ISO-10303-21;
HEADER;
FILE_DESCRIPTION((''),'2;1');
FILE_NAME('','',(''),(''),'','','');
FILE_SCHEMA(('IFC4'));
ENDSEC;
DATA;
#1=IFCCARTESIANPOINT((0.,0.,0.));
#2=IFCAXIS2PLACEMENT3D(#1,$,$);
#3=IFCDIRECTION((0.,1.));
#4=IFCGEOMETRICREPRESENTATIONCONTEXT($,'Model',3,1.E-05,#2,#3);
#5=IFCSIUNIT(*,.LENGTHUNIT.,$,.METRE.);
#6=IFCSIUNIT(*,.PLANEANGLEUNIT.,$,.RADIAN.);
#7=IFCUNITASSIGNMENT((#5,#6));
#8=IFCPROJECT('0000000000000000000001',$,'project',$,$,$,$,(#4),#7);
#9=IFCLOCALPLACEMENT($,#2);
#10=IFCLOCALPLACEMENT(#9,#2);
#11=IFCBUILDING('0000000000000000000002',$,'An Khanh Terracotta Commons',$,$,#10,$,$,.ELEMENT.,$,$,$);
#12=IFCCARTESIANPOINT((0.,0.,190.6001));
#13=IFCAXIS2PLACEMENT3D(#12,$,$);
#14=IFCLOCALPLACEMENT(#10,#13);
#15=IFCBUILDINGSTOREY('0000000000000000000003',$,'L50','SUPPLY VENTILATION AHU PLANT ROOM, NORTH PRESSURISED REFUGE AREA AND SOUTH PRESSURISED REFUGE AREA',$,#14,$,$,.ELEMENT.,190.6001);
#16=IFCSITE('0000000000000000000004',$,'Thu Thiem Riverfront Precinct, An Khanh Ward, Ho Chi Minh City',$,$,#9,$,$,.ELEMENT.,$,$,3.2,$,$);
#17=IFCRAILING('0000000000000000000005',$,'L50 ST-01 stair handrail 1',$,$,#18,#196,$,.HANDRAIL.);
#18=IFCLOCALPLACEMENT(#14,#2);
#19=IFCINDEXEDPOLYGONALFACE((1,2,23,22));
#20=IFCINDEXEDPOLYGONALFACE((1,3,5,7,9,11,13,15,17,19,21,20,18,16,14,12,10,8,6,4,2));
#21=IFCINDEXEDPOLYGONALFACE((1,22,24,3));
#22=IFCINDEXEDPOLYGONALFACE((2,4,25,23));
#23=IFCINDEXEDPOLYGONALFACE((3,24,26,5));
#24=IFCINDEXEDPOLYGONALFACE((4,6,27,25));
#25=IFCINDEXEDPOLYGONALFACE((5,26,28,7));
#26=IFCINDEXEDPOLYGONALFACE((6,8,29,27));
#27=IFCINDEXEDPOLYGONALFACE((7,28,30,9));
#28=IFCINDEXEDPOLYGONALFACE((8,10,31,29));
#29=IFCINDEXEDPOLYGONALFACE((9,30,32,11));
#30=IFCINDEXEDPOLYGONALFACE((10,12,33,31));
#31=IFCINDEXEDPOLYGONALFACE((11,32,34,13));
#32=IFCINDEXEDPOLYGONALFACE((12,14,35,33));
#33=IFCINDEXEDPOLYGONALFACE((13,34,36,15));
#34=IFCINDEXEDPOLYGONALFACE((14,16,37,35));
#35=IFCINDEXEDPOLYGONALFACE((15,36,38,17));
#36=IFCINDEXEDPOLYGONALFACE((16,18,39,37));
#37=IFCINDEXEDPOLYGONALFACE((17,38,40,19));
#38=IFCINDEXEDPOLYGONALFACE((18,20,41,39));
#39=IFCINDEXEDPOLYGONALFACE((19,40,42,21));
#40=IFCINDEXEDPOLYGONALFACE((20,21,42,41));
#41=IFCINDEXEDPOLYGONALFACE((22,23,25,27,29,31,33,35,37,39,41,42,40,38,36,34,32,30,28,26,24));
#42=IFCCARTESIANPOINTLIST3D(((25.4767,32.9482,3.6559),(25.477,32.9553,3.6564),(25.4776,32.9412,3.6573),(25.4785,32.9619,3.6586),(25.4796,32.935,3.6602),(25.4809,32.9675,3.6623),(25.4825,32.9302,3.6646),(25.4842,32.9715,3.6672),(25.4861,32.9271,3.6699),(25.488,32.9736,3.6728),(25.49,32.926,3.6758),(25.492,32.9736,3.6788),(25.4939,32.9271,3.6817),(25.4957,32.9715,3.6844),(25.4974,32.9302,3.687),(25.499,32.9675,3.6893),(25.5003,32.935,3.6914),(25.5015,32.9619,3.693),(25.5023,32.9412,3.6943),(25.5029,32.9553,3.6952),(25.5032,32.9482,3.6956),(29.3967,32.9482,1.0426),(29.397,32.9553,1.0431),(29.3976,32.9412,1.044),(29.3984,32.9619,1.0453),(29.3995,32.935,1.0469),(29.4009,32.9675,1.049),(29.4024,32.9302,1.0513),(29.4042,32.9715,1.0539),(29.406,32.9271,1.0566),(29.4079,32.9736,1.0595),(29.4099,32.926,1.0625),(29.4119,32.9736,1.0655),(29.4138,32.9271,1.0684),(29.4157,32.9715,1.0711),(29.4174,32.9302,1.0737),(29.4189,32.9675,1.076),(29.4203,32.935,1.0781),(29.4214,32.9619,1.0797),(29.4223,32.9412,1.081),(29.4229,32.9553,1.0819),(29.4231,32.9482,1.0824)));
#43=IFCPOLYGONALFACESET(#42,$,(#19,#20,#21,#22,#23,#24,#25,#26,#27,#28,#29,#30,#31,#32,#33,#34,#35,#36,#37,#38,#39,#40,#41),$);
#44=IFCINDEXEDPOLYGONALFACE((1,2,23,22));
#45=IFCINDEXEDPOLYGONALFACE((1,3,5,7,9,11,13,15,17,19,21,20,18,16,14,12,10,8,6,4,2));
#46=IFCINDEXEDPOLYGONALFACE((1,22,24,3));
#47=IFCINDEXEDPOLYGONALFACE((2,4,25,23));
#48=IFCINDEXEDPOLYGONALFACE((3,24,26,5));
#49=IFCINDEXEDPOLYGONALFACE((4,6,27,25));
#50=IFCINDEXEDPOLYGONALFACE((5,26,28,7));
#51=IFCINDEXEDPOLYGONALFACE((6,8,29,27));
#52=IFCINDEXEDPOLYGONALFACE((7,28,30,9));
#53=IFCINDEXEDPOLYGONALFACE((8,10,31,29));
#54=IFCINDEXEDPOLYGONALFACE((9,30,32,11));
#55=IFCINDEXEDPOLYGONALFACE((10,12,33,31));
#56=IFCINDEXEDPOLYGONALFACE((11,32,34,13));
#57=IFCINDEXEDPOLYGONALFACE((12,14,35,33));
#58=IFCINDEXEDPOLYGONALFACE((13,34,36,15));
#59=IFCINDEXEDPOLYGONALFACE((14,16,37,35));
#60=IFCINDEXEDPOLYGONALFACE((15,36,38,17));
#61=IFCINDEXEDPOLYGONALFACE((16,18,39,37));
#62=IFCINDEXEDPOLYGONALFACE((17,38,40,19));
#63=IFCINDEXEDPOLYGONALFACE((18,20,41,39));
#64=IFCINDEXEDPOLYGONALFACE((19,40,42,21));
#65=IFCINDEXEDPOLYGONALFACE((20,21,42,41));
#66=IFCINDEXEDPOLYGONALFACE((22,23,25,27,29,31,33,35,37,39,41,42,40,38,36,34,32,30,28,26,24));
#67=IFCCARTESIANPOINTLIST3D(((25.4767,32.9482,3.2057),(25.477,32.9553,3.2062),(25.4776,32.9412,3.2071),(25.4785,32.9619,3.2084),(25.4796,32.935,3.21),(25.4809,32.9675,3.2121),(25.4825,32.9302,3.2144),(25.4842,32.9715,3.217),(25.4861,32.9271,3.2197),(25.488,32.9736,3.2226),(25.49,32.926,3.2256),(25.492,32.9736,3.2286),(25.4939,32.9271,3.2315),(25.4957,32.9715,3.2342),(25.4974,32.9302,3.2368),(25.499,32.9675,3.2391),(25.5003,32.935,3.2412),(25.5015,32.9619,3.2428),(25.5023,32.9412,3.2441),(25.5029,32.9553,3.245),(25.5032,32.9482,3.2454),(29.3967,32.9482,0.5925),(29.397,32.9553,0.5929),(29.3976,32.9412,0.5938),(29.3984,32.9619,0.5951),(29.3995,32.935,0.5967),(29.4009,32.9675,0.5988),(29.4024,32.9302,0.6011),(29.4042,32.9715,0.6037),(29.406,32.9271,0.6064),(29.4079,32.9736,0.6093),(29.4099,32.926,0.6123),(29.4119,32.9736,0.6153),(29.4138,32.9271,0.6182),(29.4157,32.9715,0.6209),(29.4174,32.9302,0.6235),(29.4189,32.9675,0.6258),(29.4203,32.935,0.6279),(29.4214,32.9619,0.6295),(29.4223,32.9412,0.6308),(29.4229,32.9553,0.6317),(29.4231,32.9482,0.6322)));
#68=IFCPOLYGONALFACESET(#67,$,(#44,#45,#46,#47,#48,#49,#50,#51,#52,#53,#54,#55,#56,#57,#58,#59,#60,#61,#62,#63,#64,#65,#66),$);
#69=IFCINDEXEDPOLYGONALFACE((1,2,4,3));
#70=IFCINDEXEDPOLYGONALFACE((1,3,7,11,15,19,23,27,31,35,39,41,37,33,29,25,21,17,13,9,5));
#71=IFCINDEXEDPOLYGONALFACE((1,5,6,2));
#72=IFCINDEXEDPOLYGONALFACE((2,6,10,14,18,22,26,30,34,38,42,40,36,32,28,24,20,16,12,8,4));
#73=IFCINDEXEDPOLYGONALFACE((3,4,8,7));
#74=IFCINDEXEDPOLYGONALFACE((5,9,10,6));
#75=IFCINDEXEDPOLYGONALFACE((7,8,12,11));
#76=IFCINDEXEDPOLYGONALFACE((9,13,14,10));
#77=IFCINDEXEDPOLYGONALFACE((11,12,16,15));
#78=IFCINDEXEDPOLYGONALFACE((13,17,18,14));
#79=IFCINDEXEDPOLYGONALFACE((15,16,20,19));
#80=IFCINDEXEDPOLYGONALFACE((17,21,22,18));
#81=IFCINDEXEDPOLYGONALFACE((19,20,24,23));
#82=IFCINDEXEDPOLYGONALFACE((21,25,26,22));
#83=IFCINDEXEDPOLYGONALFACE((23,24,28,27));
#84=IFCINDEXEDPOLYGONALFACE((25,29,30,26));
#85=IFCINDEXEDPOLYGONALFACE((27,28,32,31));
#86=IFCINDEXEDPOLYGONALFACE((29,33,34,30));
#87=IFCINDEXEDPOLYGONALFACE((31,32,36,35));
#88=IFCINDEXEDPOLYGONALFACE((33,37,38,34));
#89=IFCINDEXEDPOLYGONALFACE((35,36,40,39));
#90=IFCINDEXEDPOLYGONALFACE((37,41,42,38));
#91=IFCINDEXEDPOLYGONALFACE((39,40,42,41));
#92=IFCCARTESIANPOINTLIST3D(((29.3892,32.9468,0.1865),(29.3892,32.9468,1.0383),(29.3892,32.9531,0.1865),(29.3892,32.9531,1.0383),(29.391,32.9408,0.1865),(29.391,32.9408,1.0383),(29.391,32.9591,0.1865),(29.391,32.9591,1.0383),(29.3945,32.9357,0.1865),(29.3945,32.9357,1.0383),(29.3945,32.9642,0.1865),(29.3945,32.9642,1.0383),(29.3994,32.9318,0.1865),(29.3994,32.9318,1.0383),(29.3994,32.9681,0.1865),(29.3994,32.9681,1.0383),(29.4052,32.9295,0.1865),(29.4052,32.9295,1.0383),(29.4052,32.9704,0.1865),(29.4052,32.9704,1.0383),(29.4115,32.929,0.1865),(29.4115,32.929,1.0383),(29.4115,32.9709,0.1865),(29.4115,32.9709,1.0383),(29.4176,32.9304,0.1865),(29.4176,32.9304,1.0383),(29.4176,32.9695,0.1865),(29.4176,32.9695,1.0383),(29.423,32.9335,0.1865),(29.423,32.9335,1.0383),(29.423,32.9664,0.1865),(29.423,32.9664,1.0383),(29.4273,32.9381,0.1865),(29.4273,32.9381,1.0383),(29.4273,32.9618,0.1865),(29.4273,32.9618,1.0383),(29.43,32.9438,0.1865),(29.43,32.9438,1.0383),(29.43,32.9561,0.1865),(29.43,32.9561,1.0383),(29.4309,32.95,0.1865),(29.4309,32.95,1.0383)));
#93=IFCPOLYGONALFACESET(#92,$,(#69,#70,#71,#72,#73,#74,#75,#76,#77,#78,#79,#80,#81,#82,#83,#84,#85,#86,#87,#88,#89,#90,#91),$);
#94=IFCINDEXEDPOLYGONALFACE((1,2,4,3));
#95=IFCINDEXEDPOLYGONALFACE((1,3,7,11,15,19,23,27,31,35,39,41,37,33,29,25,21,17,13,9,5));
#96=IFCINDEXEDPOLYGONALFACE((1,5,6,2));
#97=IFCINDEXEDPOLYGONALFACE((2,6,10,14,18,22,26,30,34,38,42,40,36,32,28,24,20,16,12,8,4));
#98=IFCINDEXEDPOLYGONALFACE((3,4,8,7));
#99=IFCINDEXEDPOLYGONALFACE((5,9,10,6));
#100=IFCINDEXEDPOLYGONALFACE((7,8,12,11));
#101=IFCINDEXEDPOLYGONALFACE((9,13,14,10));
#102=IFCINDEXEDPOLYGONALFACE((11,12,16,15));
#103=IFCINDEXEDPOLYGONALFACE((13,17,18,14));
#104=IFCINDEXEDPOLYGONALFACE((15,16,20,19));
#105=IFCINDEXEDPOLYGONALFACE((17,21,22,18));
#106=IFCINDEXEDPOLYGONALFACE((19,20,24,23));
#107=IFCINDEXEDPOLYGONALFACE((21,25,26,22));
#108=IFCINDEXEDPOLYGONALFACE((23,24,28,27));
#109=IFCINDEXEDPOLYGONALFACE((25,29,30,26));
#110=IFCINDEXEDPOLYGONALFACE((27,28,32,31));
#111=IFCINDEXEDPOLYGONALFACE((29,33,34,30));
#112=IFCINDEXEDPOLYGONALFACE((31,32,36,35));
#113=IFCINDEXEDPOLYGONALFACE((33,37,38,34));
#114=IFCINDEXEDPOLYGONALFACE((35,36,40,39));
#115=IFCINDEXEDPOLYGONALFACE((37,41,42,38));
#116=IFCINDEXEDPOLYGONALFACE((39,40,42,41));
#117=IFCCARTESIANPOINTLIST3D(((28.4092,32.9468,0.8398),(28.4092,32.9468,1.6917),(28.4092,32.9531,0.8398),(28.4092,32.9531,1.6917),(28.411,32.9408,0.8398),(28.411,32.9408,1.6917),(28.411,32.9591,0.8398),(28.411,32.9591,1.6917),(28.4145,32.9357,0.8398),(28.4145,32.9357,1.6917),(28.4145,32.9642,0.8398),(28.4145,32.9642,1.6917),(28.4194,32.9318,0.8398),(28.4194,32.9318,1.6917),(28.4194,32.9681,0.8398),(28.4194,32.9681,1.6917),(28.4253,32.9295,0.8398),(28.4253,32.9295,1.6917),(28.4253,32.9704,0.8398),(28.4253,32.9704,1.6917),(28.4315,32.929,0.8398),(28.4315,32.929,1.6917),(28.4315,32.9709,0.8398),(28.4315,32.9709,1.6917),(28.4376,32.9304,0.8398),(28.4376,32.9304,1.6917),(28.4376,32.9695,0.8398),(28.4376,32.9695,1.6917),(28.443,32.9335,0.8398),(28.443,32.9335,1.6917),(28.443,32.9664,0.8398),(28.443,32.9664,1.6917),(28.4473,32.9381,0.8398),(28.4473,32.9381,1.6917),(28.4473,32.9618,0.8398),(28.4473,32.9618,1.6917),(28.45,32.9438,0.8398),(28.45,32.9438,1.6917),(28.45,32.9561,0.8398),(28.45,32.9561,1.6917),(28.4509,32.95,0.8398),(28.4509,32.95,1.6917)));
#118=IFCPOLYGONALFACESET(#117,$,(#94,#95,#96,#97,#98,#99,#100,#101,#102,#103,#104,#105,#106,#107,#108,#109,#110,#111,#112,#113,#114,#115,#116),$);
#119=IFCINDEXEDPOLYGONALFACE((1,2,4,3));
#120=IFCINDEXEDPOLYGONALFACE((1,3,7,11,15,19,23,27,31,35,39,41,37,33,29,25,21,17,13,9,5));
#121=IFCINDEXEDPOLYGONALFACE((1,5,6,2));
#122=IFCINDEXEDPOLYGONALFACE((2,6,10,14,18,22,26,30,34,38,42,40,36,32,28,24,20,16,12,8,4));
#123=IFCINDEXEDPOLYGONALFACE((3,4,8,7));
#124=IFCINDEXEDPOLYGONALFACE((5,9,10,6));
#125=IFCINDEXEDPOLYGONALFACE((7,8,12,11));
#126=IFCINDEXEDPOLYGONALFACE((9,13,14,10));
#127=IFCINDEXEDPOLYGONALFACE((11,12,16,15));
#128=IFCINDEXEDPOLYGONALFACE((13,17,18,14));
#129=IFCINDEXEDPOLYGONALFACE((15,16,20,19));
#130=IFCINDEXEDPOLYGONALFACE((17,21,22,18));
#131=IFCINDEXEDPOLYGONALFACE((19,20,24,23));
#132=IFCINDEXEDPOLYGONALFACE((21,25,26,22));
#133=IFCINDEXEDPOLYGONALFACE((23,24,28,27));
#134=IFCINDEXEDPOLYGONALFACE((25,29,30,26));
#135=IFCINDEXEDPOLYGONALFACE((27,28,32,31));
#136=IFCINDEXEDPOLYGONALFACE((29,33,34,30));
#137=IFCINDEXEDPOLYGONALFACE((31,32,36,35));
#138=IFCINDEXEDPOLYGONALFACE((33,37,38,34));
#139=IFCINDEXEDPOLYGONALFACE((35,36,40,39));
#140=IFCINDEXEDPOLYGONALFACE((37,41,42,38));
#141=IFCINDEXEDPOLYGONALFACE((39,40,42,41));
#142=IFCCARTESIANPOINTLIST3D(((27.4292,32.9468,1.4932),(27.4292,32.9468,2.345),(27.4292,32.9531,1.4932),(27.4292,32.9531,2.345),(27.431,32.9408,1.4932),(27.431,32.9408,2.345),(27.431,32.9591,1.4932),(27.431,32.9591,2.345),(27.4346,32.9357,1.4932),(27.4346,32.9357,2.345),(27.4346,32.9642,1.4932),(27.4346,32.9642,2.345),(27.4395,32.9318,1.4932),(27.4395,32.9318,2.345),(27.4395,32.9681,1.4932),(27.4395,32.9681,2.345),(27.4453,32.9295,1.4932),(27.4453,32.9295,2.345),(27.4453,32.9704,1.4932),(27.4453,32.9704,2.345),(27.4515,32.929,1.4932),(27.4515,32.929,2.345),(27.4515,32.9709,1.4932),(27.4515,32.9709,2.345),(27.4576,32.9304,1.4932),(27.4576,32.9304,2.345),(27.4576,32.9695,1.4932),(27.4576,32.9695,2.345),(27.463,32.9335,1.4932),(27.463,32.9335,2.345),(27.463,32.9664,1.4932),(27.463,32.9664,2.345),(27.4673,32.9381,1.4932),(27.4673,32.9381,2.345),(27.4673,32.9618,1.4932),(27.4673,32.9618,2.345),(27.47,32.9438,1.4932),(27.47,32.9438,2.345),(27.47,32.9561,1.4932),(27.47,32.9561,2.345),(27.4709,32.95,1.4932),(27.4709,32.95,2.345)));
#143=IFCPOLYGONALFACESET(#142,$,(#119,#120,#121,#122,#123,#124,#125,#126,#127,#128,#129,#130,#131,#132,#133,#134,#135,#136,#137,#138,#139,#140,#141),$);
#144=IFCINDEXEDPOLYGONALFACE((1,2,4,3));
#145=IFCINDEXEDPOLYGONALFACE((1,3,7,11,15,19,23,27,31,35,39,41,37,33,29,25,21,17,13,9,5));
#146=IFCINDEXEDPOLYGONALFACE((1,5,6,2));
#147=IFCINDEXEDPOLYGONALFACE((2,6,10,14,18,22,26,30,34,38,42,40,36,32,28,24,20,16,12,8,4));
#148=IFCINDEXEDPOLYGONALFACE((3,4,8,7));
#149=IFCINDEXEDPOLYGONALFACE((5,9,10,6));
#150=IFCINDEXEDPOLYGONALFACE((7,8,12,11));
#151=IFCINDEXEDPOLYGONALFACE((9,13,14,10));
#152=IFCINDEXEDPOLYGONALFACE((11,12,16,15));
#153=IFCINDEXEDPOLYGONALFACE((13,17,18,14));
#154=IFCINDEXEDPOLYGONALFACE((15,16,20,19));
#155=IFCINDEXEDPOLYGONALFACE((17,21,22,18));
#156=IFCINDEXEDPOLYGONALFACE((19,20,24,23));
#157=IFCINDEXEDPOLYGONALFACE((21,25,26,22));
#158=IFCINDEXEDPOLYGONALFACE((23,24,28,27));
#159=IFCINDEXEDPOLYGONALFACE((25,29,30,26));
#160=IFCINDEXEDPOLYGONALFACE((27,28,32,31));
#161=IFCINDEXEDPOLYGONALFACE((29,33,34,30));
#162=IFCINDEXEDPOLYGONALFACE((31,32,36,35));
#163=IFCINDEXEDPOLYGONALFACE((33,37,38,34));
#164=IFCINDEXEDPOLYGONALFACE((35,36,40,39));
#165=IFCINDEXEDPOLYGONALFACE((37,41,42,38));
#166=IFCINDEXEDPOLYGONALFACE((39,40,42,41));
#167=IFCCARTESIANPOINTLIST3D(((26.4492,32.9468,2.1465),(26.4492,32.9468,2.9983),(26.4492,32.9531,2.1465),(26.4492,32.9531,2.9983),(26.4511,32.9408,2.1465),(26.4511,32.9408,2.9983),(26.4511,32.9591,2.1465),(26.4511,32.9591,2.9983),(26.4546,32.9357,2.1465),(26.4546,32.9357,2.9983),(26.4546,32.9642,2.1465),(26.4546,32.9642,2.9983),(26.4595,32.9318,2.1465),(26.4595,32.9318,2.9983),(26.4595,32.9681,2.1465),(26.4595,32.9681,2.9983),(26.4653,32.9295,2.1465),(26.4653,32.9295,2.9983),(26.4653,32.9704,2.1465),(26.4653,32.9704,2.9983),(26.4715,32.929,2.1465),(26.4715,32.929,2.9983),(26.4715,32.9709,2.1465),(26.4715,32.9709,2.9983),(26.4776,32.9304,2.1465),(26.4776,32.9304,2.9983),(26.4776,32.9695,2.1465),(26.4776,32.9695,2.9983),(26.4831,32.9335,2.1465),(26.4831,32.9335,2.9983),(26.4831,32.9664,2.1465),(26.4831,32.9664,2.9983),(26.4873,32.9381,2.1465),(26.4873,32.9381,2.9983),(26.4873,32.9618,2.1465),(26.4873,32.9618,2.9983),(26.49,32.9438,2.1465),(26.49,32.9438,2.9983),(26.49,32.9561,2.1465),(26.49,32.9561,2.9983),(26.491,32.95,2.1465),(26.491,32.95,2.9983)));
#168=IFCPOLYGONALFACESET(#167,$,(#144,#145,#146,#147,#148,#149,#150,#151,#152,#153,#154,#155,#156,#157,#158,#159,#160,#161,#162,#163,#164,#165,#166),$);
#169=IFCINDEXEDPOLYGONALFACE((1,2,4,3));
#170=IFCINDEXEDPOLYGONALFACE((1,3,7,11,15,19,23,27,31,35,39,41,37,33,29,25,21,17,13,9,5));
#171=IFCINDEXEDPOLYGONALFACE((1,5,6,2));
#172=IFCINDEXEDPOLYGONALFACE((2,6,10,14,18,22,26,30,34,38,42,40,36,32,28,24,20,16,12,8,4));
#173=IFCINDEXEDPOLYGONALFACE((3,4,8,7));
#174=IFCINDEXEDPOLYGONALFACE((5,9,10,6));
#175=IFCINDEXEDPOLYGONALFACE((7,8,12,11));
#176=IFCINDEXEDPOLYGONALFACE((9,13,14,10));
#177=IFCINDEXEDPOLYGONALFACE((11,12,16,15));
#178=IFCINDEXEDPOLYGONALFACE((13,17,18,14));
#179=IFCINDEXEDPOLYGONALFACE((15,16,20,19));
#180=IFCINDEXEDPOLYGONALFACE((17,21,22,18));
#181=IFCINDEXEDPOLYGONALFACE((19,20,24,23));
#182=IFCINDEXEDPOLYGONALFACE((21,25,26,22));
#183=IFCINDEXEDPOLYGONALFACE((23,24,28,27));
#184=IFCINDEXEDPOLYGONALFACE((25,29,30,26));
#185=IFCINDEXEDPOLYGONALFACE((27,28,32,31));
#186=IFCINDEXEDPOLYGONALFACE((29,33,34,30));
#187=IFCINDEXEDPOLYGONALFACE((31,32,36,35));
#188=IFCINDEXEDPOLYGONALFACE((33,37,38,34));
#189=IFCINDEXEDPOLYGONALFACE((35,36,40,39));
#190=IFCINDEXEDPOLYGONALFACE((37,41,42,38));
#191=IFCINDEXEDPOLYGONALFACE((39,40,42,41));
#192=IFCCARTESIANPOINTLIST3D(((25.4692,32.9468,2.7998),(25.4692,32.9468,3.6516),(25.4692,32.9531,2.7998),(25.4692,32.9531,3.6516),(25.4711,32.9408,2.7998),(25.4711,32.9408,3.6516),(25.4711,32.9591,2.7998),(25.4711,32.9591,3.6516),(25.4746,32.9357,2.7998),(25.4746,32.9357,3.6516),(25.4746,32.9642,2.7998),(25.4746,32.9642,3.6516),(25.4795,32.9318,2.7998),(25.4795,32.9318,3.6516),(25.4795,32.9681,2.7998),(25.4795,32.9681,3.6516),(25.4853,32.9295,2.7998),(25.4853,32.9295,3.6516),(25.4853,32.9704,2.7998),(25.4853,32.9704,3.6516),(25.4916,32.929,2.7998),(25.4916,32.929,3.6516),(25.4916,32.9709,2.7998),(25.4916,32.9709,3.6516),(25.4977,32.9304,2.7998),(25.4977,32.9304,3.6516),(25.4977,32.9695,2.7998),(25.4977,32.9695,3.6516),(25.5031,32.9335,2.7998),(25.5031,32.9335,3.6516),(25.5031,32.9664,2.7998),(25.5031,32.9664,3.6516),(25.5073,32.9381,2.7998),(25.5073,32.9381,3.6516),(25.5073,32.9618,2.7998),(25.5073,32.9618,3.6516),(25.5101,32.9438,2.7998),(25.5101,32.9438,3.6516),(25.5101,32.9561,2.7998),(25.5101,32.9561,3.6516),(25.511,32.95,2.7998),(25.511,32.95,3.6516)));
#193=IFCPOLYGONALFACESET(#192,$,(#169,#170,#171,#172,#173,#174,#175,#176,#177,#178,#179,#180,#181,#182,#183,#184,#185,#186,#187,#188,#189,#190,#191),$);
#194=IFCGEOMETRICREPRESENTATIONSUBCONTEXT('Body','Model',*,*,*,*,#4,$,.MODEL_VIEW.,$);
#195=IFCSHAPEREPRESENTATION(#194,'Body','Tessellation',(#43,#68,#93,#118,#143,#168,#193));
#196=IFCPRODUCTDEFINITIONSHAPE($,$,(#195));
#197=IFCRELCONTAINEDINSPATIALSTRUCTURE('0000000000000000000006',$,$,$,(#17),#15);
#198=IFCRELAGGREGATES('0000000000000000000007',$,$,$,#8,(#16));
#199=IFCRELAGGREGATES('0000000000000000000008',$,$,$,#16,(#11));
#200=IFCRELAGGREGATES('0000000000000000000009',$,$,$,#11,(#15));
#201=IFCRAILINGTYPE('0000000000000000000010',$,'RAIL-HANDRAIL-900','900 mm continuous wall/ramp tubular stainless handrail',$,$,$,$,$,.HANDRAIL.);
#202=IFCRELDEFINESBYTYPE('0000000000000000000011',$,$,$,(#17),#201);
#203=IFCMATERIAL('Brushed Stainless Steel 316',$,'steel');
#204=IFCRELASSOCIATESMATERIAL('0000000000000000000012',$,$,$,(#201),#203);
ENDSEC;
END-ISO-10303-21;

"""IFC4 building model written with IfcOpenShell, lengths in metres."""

from ifc_helpers import new_model, si_unit, direction, frame, origin, origin_2d, place, context, subcontext, project, spatial, circle, extrude, material, type_object, element, save


model = new_model("IFC4")

# Units and contexts
model_context = context("Model", 3, precision=1e-05, world=origin(), true_north=direction((0.0, 1.0)))
body_context = subcontext(model_context, "Body", "Model", "MODEL_VIEW")
ifc_project = project(units=[si_unit("LENGTHUNIT", "METRE"), si_unit("PLANEANGLEUNIT", "RADIAN")], contexts=[model_context])

# Site, building, storey
site_placement = place(None, origin())
site = spatial("IfcSite", under=ifc_project, at=site_placement, Name="Thu Thiem Riverfront Precinct, An Khanh Ward, Ho Chi Minh City", CompositionType="ELEMENT", RefElevation=3.2)
building_placement = place(site_placement, origin())
building = spatial("IfcBuilding", under=site, at=building_placement, Name="An Khanh Terracotta Commons", CompositionType="ELEMENT")
storey_placement = place(building_placement, frame((0.0, 0.0, 190.6001)))
storey = spatial("IfcBuildingStorey", under=building, at=storey_placement, Name="L50", Description="SUPPLY VENTILATION AHU PLANT ROOM, NORTH PRESSURISED REFUGE AREA AND SOUTH PRESSURISED REFUGE AREA", CompositionType="ELEMENT", Elevation=190.6001)

# Railing
ifc_material_1 = material(Name="Brushed Stainless Steel 316", Category="steel")
railing_type_1 = type_object("IfcRailingType", Name="RAIL-HANDRAIL-900", Description="900 mm continuous wall/ramp tubular stainless handrail", PredefinedType="HANDRAIL", material=ifc_material_1)
railing_1_placement = place(storey_placement, frame((29.4099, 32.95, 0.1865)))
element("IfcRailing", 1, at=railing_1_placement, inside=storey, type_object=railing_type_1, Name="L50 ST-01 stair handrail 1", PredefinedType="HANDRAIL", context=body_context, shape_type="SweptSolid", body=[
    extrude(circle(Radius=0.0239, at=origin_2d()), frame((0.0, 0.0, 0.876), z_axis=(-0.83205, 0.0, 0.5547), x_axis=(0.0, -1.0, 0.0)), (0.0, 0.0, 1.0), 4.7112),
    extrude(circle(Radius=0.0239, at=origin_2d()), frame((0.0, 0.0, 0.4258), z_axis=(-0.83205, 0.0, 0.5547), x_axis=(0.0, -1.0, 0.0)), (0.0, 0.0, 1.0), 4.7112),
    extrude(circle(Radius=0.021, at=origin_2d()), origin(), (0.0, 0.0, 1.0), 0.8518),
    extrude(circle(Radius=0.021, at=origin_2d()), frame((-0.98, 0.0, 0.6533)), (0.0, 0.0, 1.0), 0.8518),
    extrude(circle(Radius=0.021, at=origin_2d()), frame((-1.96, 0.0, 1.3066)), (0.0, 0.0, 1.0), 0.8518),
    extrude(circle(Radius=0.021, at=origin_2d()), frame((-2.9399, 0.0, 1.96)), (0.0, 0.0, 1.0), 0.8518),
    extrude(circle(Radius=0.021, at=origin_2d()), frame((-3.9199, 0.0, 2.6133)), (0.0, 0.0, 1.0), 0.8518),
])

save(model, "model.ifc")
